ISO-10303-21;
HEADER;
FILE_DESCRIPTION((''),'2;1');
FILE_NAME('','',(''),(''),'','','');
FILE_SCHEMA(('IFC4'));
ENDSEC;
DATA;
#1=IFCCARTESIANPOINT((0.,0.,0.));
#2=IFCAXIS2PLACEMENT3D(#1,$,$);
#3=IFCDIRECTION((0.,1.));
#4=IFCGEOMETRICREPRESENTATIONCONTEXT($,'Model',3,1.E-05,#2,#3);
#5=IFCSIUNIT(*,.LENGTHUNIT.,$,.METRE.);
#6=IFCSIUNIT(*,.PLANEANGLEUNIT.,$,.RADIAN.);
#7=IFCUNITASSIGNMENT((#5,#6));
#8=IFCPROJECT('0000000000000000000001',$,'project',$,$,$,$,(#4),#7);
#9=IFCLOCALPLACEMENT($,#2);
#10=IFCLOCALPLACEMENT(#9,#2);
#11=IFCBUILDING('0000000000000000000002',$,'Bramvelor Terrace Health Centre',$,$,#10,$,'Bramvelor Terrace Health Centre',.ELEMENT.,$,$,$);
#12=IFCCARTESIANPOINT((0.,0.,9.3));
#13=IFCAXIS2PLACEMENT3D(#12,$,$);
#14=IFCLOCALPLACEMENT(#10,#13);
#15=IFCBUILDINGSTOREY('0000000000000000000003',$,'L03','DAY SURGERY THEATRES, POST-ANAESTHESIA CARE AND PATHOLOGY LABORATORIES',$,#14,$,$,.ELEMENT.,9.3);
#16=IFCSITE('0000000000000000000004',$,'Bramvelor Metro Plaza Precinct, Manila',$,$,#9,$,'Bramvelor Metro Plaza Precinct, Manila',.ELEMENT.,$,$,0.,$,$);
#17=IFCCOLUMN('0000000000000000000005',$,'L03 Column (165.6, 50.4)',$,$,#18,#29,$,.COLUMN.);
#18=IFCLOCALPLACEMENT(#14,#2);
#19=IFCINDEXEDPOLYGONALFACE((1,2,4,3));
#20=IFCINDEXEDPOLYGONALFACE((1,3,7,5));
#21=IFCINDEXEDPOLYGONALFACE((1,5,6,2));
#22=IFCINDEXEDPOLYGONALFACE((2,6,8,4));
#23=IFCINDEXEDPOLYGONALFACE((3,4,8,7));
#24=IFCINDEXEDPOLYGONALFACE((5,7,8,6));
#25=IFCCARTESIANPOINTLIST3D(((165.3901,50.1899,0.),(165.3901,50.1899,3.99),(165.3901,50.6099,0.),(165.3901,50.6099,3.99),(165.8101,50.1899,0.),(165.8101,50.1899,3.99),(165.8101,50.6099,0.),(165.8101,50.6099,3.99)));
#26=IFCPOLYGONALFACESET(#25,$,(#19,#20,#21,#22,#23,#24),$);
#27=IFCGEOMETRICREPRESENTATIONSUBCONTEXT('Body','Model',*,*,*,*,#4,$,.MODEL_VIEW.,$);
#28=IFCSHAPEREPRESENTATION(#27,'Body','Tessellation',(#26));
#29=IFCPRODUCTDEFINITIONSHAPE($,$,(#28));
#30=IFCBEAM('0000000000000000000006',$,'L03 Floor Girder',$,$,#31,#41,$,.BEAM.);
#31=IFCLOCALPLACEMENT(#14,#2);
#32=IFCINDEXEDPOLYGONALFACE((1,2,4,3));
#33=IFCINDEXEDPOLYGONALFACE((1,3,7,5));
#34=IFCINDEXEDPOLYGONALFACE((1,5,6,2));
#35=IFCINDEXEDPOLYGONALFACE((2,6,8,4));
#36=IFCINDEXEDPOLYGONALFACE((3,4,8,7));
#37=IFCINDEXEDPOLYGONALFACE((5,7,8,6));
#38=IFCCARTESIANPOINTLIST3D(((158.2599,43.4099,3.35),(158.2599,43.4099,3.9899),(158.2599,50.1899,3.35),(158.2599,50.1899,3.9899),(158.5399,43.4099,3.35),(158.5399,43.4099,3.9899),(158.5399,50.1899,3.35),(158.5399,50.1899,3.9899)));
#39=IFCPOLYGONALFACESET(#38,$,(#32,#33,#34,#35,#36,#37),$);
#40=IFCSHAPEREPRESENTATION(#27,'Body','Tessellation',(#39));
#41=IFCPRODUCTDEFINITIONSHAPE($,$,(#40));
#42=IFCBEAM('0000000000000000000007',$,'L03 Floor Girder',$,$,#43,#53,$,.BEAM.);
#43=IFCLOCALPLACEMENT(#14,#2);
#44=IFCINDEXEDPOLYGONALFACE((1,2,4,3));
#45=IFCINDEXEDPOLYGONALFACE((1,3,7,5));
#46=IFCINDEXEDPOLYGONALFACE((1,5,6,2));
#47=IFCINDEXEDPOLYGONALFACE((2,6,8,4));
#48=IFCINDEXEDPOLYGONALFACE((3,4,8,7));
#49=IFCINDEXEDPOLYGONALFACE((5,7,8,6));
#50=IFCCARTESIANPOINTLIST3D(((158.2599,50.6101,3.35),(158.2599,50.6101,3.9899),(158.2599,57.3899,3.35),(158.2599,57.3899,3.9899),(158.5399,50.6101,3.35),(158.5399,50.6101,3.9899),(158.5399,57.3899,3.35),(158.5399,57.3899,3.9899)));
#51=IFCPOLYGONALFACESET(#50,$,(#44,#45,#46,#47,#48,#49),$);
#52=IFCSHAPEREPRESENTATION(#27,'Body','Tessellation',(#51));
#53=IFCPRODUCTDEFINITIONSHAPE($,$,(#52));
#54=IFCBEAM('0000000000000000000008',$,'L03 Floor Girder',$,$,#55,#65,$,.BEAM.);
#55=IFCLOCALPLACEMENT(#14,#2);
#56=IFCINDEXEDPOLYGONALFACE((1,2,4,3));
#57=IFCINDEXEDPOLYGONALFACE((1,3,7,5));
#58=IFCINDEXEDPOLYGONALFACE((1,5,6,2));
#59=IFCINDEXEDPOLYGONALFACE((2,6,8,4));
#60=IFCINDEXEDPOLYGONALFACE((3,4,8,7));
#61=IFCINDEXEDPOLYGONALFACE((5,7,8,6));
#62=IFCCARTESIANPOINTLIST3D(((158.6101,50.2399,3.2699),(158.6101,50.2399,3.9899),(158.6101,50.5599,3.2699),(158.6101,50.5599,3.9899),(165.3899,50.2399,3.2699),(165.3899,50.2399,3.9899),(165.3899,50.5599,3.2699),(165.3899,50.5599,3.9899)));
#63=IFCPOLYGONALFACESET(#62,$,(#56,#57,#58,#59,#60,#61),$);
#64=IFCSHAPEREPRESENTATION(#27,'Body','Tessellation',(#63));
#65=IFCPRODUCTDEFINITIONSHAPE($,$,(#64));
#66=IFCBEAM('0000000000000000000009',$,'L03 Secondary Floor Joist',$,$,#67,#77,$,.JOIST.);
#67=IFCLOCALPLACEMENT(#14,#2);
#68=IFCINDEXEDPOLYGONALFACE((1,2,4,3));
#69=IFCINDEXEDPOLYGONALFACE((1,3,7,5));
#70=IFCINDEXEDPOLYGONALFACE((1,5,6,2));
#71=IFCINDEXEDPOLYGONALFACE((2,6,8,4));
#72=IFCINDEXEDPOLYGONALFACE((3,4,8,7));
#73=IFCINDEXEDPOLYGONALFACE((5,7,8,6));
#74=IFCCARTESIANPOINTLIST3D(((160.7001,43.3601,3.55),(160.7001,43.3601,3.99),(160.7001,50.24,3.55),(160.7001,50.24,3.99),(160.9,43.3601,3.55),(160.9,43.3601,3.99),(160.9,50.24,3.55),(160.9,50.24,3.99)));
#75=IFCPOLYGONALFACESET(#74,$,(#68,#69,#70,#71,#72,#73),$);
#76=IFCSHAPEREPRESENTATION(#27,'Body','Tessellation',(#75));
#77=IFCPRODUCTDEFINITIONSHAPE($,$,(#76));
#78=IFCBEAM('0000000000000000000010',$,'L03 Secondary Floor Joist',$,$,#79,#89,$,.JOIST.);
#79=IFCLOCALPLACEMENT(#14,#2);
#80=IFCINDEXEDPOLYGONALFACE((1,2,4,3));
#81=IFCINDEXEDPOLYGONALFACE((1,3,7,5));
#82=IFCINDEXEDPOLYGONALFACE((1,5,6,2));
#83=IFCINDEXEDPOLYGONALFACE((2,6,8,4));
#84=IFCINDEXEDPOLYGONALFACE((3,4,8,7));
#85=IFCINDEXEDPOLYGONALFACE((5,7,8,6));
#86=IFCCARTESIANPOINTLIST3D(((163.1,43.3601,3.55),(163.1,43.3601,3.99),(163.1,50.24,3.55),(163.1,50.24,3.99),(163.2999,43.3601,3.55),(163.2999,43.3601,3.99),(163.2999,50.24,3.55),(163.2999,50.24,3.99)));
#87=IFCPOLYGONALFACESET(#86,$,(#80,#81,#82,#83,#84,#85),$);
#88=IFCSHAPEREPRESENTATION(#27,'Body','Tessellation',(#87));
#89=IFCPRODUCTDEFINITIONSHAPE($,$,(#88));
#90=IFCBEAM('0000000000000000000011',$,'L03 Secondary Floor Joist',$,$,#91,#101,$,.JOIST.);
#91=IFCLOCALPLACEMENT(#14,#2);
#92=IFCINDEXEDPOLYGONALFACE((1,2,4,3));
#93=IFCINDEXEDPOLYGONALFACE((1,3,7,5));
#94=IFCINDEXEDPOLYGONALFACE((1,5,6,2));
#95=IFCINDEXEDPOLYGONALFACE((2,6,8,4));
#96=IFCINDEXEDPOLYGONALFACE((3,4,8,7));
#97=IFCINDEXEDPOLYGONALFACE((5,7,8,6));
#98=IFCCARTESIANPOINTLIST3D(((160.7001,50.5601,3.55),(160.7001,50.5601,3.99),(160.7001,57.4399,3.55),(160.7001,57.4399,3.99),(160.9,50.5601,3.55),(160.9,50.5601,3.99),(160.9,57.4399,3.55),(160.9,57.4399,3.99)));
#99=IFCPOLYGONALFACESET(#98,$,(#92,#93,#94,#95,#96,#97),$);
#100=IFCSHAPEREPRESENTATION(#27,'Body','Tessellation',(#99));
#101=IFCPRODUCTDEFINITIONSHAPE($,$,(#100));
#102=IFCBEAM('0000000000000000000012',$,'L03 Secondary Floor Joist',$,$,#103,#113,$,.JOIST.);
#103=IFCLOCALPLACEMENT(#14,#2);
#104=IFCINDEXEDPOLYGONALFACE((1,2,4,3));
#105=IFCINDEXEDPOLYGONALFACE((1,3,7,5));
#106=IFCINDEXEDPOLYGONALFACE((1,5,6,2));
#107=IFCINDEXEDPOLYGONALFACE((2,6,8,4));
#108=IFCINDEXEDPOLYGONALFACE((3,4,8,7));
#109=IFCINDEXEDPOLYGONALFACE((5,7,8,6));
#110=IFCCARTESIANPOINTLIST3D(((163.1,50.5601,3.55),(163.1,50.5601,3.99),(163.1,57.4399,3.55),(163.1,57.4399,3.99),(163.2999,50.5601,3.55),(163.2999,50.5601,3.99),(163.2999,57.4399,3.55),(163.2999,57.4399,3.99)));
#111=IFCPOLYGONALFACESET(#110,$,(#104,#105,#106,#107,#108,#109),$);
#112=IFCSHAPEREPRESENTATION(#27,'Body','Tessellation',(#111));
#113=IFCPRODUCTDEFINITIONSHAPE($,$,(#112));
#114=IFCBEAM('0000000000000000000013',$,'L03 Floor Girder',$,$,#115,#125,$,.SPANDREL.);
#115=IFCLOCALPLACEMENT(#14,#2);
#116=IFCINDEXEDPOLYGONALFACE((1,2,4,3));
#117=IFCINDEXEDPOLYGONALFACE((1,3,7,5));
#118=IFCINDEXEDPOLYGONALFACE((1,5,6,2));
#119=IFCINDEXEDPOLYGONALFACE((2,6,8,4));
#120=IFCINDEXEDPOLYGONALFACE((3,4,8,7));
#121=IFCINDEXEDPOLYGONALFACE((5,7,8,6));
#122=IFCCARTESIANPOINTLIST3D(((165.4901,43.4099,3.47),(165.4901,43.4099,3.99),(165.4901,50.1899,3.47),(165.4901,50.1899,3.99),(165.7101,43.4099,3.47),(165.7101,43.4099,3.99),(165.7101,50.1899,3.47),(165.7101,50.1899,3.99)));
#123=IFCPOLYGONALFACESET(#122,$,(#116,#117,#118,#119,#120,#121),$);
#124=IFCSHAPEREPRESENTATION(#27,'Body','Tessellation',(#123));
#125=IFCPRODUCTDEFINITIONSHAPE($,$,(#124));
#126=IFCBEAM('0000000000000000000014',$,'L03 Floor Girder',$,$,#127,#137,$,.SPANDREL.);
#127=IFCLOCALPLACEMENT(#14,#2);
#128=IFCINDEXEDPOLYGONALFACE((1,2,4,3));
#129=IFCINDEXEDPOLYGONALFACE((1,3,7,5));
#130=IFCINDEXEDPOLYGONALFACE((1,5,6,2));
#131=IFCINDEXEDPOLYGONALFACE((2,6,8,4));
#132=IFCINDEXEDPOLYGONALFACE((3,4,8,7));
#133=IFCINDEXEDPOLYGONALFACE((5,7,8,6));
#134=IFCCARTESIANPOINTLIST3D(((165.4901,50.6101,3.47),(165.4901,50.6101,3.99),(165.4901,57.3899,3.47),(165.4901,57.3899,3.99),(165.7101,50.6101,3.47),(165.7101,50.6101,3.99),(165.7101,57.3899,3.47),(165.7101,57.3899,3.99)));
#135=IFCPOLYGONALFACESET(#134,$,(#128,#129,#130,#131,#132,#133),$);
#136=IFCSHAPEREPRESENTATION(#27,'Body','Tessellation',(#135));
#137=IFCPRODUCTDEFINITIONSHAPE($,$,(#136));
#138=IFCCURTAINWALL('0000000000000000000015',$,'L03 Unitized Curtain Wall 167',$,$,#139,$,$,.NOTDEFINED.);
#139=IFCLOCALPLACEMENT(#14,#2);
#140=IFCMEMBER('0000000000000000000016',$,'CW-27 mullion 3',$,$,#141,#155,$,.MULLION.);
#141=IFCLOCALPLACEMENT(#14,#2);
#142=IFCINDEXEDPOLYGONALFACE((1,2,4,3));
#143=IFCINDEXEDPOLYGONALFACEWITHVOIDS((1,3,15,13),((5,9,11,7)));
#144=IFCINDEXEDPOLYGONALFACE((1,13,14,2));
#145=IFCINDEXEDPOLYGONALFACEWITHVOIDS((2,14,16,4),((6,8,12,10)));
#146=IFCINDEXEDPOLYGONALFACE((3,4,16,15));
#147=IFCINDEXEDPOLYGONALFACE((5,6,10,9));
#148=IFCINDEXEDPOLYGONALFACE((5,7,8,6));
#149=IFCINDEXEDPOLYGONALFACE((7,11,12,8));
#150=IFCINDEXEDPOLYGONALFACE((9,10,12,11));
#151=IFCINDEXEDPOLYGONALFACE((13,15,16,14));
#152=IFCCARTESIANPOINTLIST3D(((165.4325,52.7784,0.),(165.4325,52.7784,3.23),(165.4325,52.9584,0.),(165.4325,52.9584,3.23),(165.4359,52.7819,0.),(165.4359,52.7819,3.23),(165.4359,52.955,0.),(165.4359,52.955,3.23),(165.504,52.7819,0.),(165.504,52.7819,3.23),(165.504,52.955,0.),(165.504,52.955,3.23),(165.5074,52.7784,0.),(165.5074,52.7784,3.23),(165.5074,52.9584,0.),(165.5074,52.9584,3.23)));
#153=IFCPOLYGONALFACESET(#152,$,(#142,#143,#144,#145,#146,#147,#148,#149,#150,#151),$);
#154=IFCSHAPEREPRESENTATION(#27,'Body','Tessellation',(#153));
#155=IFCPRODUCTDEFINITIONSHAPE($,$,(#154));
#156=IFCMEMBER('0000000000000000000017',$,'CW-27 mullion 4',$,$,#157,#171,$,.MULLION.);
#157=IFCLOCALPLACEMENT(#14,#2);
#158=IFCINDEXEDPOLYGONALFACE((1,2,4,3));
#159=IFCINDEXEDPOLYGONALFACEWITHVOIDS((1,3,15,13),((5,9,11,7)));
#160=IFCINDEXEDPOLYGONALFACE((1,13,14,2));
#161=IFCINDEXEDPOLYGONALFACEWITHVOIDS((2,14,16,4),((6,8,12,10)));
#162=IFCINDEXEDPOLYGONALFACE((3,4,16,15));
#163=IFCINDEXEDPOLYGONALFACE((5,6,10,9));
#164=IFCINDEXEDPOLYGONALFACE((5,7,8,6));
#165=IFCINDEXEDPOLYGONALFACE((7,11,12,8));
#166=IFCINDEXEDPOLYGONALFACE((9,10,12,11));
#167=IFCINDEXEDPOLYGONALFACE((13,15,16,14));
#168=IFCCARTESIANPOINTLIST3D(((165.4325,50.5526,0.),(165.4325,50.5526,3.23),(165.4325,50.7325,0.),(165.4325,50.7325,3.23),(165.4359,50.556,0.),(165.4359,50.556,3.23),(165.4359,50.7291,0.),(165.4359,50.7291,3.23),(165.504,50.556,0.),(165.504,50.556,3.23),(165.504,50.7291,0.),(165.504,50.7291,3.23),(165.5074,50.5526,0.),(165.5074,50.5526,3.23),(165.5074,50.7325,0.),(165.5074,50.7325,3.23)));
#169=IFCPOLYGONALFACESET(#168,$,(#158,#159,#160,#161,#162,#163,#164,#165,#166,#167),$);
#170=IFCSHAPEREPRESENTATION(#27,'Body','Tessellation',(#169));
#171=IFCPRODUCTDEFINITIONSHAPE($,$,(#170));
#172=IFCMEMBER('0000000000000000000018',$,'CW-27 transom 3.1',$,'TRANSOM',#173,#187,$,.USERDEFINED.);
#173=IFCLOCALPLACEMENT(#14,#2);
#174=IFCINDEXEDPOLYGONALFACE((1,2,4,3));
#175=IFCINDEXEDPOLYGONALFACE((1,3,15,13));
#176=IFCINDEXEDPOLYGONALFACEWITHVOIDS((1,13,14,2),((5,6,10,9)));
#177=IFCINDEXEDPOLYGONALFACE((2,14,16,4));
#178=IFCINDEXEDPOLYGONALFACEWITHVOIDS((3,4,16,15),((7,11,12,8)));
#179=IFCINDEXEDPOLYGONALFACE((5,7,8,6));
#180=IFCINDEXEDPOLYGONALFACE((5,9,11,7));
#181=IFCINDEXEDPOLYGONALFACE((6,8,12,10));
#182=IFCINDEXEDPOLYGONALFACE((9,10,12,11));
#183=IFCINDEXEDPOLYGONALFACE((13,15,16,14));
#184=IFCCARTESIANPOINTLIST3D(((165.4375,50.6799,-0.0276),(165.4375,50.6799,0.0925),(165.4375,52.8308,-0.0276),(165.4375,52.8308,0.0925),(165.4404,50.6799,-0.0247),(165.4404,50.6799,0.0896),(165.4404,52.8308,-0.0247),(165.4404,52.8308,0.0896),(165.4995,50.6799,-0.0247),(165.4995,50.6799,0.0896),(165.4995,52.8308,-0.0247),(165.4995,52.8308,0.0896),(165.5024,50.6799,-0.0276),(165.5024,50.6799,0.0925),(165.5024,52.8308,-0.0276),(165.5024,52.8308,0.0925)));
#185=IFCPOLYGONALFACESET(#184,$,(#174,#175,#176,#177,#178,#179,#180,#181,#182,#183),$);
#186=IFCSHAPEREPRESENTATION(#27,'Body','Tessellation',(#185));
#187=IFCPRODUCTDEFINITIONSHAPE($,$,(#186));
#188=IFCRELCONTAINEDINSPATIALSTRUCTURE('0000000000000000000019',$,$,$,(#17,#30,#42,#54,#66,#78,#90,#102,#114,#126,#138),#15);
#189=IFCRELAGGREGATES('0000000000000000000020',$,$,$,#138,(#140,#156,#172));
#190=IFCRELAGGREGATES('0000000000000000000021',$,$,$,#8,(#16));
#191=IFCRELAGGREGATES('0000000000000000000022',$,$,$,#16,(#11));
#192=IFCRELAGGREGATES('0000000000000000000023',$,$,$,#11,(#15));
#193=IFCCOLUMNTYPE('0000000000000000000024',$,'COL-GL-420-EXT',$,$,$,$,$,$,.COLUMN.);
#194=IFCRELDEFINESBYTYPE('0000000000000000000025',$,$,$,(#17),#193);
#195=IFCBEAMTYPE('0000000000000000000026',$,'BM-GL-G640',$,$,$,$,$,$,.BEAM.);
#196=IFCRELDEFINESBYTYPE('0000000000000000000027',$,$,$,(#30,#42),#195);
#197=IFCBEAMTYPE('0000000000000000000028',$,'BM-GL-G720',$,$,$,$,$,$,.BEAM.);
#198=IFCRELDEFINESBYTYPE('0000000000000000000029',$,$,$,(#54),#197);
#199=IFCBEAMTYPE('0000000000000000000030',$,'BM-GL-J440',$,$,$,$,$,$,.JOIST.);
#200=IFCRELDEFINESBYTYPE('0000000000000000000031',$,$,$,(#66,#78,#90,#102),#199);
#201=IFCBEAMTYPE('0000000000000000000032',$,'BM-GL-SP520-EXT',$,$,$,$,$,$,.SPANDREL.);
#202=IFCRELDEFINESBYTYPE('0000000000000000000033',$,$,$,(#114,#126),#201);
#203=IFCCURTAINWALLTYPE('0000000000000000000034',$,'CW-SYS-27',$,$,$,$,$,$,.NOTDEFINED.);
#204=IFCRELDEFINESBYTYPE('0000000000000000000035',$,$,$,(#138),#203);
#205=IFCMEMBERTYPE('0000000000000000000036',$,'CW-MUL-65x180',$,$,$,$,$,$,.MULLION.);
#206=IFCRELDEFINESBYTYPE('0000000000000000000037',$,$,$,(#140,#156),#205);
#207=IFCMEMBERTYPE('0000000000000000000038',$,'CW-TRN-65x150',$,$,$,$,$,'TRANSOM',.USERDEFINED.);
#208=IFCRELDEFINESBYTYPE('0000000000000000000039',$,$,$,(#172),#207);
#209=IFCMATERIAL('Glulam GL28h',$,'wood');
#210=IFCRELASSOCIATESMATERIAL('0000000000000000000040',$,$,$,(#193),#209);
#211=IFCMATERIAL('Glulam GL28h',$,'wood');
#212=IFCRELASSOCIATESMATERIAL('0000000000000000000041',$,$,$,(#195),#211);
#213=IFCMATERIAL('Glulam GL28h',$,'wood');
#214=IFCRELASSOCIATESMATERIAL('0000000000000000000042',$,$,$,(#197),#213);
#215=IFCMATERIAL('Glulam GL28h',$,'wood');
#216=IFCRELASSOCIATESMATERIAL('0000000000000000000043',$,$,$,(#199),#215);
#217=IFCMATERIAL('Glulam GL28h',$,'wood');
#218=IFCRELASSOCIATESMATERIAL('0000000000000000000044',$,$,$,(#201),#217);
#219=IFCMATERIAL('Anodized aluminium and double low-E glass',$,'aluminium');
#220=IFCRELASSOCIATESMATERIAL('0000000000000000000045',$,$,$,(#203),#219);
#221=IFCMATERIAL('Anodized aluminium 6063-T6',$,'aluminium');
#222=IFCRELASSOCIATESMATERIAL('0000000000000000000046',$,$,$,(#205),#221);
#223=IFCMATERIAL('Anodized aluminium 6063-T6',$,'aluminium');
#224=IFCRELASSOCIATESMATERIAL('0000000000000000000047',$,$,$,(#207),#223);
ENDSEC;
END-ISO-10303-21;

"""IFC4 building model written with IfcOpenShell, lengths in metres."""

from ifc_helpers import new_model, si_unit, direction, frame, origin, origin_2d, place, context, subcontext, project, spatial, rectangle, hollow_rectangle, extrude, material, material_profile, profile_set, type_object, element, aggregate, save


model = new_model("IFC4")

# Units and contexts
model_context = context("Model", 3, precision=1e-05, world=origin(), true_north=direction((0.0, 1.0)))
body_context = subcontext(model_context, "Body", "Model", "MODEL_VIEW")
ifc_project = project(units=[si_unit("LENGTHUNIT", "METRE"), si_unit("PLANEANGLEUNIT", "RADIAN")], contexts=[model_context])

# Site, building, storey
site_placement = place(None, origin())
site = spatial("IfcSite", under=ifc_project, at=site_placement, Name="Bramvelor Metro Plaza Precinct, Manila", LongName="Bramvelor Metro Plaza Precinct, Manila", CompositionType="ELEMENT", RefElevation=0.0)
building_placement = place(site_placement, origin())
building = spatial("IfcBuilding", under=site, at=building_placement, Name="Bramvelor Terrace Health Centre", LongName="Bramvelor Terrace Health Centre", CompositionType="ELEMENT")
storey_placement = place(building_placement, frame((0.0, 0.0, 9.3)))
storey = spatial("IfcBuildingStorey", under=building, at=storey_placement, Name="L03", Description="DAY SURGERY THEATRES, POST-ANAESTHESIA CARE AND PATHOLOGY LABORATORIES", CompositionType="ELEMENT", Elevation=9.3)

# Column
ifc_material_1 = material(Name="Glulam GL28h", Category="wood")
ifc_material_profile_1 = material_profile(ifc_material_1, rectangle(XDim=0.4199, YDim=0.4199, at=origin_2d()), Name="GL 420x420")
ifc_profile_set_1 = profile_set([ifc_material_profile_1], Name="Glulam GL28h")
column_type = type_object("IfcColumnType", Name="COL-GL-420-EXT", PredefinedType="COLUMN", material=ifc_profile_set_1)
column_placement = place(storey_placement, frame((165.6001, 50.3999, 0.0), z_axis=(0.0, 0.0, 1.0), x_axis=(1.0, 0.0, 0.0)))
element("IfcColumn", 1, at=column_placement, inside=storey, type_object=column_type, Name="L03 Column (165.6, 50.4)", PredefinedType="COLUMN", context=body_context, shape_type="SweptSolid", body=[
    extrude(rectangle(XDim=0.4199, YDim=0.4199, at=origin_2d()), origin(), (0.0, 0.0, 1.0), 3.99),
])

# Beams
ifc_material_2 = material(Name="Glulam GL28h", Category="wood")
ifc_material_profile_2 = material_profile(ifc_material_2, rectangle(XDim=0.28, YDim=0.6399, at=origin_2d()), Name="GL 280x640")
ifc_profile_set_2 = profile_set([ifc_material_profile_2], Name="Glulam GL28h")
beam_type_1 = type_object("IfcBeamType", Name="BM-GL-G640", PredefinedType="BEAM", material=ifc_profile_set_2)
beam_1_placement = place(storey_placement, frame((158.3999, 43.4099, 3.6699), z_axis=(0.0, 1.0, 0.0), x_axis=(-1.0, 0.0, 0.0)))
element("IfcBeam", 2, at=beam_1_placement, inside=storey, type_object=beam_type_1, Name="L03 Floor Girder", PredefinedType="BEAM", context=body_context, shape_type="SweptSolid", body=[
    extrude(rectangle(XDim=0.28, YDim=0.6399, at=origin_2d()), origin(), (0.0, 0.0, 1.0), 6.78),
])
beam_2_placement = place(storey_placement, frame((158.3999, 50.6101, 3.6699), z_axis=(0.0, 1.0, 0.0), x_axis=(-1.0, 0.0, 0.0)))
element("IfcBeam", 3, at=beam_2_placement, inside=storey, type_object=beam_type_1, Name="L03 Floor Girder", PredefinedType="BEAM", context=body_context, shape_type="SweptSolid", body=[
    extrude(rectangle(XDim=0.28, YDim=0.6399, at=origin_2d()), origin(), (0.0, 0.0, 1.0), 6.7798),
])
ifc_material_3 = material(Name="Glulam GL28h", Category="wood")
ifc_material_profile_3 = material_profile(ifc_material_3, rectangle(XDim=0.3201, YDim=0.72, at=origin_2d()), Name="GL 320x720")
ifc_profile_set_3 = profile_set([ifc_material_profile_3], Name="Glulam GL28h")
beam_type_2 = type_object("IfcBeamType", Name="BM-GL-G720", PredefinedType="BEAM", material=ifc_profile_set_3)
beam_3_placement = place(storey_placement, frame((158.6101, 50.3999, 3.6299), z_axis=(1.0, 0.0, 0.0), x_axis=(0.0, 1.0, 0.0)))
element("IfcBeam", 4, at=beam_3_placement, inside=storey, type_object=beam_type_2, Name="L03 Floor Girder", PredefinedType="BEAM", context=body_context, shape_type="SweptSolid", body=[
    extrude(rectangle(XDim=0.3201, YDim=0.72, at=origin_2d()), origin(), (0.0, 0.0, 1.0), 6.7798),
])
ifc_material_4 = material(Name="Glulam GL28h", Category="wood")
ifc_material_profile_4 = material_profile(ifc_material_4, rectangle(XDim=0.2, YDim=0.4399, at=origin_2d()), Name="GL 200x440")
ifc_profile_set_4 = profile_set([ifc_material_profile_4], Name="Glulam GL28h")
beam_type_3 = type_object("IfcBeamType", Name="BM-GL-J440", PredefinedType="JOIST", material=ifc_profile_set_4)
for number, where, z_axis, x_axis, name in (
    (5, (160.8, 43.3601, 3.77), (0.0, 1.0, 0.0), (-1.0, 0.0, 0.0), "L03 Secondary Floor Joist"),
    (6, (163.2, 43.3601, 3.77), (0.0, 1.0, 0.0), (-1.0, 0.0, 0.0), "L03 Secondary Floor Joist"),
    (7, (160.8, 50.5601, 3.77), (0.0, 1.0, 0.0), (-1.0, 0.0, 0.0), "L03 Secondary Floor Joist"),
    (8, (163.2, 50.5601, 3.77), (0.0, 1.0, 0.0), (-1.0, 0.0, 0.0), "L03 Secondary Floor Joist"),
):
    element("IfcBeam", number, at=place(storey_placement, frame(where, z_axis=z_axis, x_axis=x_axis)), inside=storey, type_object=beam_type_3, Name=name, PredefinedType="JOIST", context=body_context, shape_type="SweptSolid", body=[
        extrude(rectangle(XDim=0.2, YDim=0.4399, at=origin_2d()), origin(), (0.0, 0.0, 1.0), 6.8799),
    ])
ifc_material_5 = material(Name="Glulam GL28h", Category="wood")
ifc_material_profile_5 = material_profile(ifc_material_5, rectangle(XDim=0.22, YDim=0.52, at=origin_2d()), Name="GL 220x520")
ifc_profile_set_5 = profile_set([ifc_material_profile_5], Name="Glulam GL28h")
beam_type_4 = type_object("IfcBeamType", Name="BM-GL-SP520-EXT", PredefinedType="SPANDREL", material=ifc_profile_set_5)
beam_4_placement = place(storey_placement, frame((165.6001, 43.4099, 3.73), z_axis=(0.0, 1.0, 0.0), x_axis=(-1.0, 0.0, 0.0)))
element("IfcBeam", 9, at=beam_4_placement, inside=storey, type_object=beam_type_4, Name="L03 Floor Girder", PredefinedType="SPANDREL", context=body_context, shape_type="SweptSolid", body=[
    extrude(rectangle(XDim=0.22, YDim=0.52, at=origin_2d()), origin(), (0.0, 0.0, 1.0), 6.78),
])
beam_5_placement = place(storey_placement, frame((165.6001, 50.6101, 3.73), z_axis=(0.0, 1.0, 0.0), x_axis=(-1.0, 0.0, 0.0)))
element("IfcBeam", 10, at=beam_5_placement, inside=storey, type_object=beam_type_4, Name="L03 Floor Girder", PredefinedType="SPANDREL", context=body_context, shape_type="SweptSolid", body=[
    extrude(rectangle(XDim=0.22, YDim=0.52, at=origin_2d()), origin(), (0.0, 0.0, 1.0), 6.7798),
])

# Curtain wall, members
ifc_material_6 = material(Name="Anodized aluminium and double low-E glass", Category="aluminium")
curtain_wall_type = type_object("IfcCurtainWallType", Name="CW-SYS-27", PredefinedType="NOTDEFINED", material=ifc_material_6)
curtain_wall_placement = place(storey_placement, origin())
curtain_wall = element("IfcCurtainWall", 11, at=curtain_wall_placement, inside=storey, type_object=curtain_wall_type, Name="L03 Unitized Curtain Wall 167", PredefinedType="NOTDEFINED")
ifc_material_7 = material(Name="Anodized aluminium 6063-T6", Category="aluminium")
ifc_material_profile_6 = material_profile(ifc_material_7, hollow_rectangle(XDim=0.075, YDim=0.1799, WallThickness=0.0034, at=origin_2d()), Name="ALU-MUL 75x180x3.5")
ifc_profile_set_6 = profile_set([ifc_material_profile_6], Name="Anodized aluminium 6063-T6")
member_type_1 = type_object("IfcMemberType", Name="CW-MUL-65x180", PredefinedType="MULLION", material=ifc_profile_set_6)
member_1_placement = place(storey_placement, frame((165.47, 52.8684, 0.0), z_axis=(0.0, 0.0, 1.0), x_axis=(1.0, 0.0, 0.0)))
member_1 = element("IfcMember", 12, at=member_1_placement, type_object=member_type_1, Name="CW-27 mullion 3", PredefinedType="MULLION", context=body_context, shape_type="SweptSolid", body=[
    extrude(hollow_rectangle(XDim=0.075, YDim=0.1799, WallThickness=0.0034, at=origin_2d()), origin(), (0.0, 0.0, 1.0), 3.23),
])
member_2_placement = place(storey_placement, frame((165.47, 50.6426, 0.0), z_axis=(0.0, 0.0, 1.0), x_axis=(1.0, 0.0, 0.0)))
member_2 = element("IfcMember", 13, at=member_2_placement, type_object=member_type_1, Name="CW-27 mullion 4", PredefinedType="MULLION", context=body_context, shape_type="SweptSolid", body=[
    extrude(hollow_rectangle(XDim=0.075, YDim=0.1799, WallThickness=0.0034, at=origin_2d()), origin(), (0.0, 0.0, 1.0), 3.23),
])
ifc_material_8 = material(Name="Anodized aluminium 6063-T6", Category="aluminium")
ifc_material_profile_7 = material_profile(ifc_material_8, hollow_rectangle(XDim=0.0649, YDim=0.1201, WallThickness=0.0029, at=origin_2d()), Name="ALU-TRN 65x120x3.0")
ifc_profile_set_7 = profile_set([ifc_material_profile_7], Name="Anodized aluminium 6063-T6")
member_type_2 = type_object("IfcMemberType", Name="CW-TRN-65x150", ElementType="TRANSOM", PredefinedType="USERDEFINED", material=ifc_profile_set_7)
member_3_placement = place(storey_placement, frame((165.47, 52.8308, 0.0325), z_axis=(0.0, -1.0, 0.0), x_axis=(1.0, 0.0, 0.0)))
member_3 = element("IfcMember", 14, at=member_3_placement, type_object=member_type_2, Name="CW-27 transom 3.1", ObjectType="TRANSOM", PredefinedType="USERDEFINED", context=body_context, shape_type="SweptSolid", body=[
    extrude(hollow_rectangle(XDim=0.0649, YDim=0.1201, WallThickness=0.0029, at=origin_2d()), origin(), (0.0, 0.0, 1.0), 2.1509),
])
aggregate(curtain_wall, [member_1, member_2, member_3])

save(model, "model.ifc")
